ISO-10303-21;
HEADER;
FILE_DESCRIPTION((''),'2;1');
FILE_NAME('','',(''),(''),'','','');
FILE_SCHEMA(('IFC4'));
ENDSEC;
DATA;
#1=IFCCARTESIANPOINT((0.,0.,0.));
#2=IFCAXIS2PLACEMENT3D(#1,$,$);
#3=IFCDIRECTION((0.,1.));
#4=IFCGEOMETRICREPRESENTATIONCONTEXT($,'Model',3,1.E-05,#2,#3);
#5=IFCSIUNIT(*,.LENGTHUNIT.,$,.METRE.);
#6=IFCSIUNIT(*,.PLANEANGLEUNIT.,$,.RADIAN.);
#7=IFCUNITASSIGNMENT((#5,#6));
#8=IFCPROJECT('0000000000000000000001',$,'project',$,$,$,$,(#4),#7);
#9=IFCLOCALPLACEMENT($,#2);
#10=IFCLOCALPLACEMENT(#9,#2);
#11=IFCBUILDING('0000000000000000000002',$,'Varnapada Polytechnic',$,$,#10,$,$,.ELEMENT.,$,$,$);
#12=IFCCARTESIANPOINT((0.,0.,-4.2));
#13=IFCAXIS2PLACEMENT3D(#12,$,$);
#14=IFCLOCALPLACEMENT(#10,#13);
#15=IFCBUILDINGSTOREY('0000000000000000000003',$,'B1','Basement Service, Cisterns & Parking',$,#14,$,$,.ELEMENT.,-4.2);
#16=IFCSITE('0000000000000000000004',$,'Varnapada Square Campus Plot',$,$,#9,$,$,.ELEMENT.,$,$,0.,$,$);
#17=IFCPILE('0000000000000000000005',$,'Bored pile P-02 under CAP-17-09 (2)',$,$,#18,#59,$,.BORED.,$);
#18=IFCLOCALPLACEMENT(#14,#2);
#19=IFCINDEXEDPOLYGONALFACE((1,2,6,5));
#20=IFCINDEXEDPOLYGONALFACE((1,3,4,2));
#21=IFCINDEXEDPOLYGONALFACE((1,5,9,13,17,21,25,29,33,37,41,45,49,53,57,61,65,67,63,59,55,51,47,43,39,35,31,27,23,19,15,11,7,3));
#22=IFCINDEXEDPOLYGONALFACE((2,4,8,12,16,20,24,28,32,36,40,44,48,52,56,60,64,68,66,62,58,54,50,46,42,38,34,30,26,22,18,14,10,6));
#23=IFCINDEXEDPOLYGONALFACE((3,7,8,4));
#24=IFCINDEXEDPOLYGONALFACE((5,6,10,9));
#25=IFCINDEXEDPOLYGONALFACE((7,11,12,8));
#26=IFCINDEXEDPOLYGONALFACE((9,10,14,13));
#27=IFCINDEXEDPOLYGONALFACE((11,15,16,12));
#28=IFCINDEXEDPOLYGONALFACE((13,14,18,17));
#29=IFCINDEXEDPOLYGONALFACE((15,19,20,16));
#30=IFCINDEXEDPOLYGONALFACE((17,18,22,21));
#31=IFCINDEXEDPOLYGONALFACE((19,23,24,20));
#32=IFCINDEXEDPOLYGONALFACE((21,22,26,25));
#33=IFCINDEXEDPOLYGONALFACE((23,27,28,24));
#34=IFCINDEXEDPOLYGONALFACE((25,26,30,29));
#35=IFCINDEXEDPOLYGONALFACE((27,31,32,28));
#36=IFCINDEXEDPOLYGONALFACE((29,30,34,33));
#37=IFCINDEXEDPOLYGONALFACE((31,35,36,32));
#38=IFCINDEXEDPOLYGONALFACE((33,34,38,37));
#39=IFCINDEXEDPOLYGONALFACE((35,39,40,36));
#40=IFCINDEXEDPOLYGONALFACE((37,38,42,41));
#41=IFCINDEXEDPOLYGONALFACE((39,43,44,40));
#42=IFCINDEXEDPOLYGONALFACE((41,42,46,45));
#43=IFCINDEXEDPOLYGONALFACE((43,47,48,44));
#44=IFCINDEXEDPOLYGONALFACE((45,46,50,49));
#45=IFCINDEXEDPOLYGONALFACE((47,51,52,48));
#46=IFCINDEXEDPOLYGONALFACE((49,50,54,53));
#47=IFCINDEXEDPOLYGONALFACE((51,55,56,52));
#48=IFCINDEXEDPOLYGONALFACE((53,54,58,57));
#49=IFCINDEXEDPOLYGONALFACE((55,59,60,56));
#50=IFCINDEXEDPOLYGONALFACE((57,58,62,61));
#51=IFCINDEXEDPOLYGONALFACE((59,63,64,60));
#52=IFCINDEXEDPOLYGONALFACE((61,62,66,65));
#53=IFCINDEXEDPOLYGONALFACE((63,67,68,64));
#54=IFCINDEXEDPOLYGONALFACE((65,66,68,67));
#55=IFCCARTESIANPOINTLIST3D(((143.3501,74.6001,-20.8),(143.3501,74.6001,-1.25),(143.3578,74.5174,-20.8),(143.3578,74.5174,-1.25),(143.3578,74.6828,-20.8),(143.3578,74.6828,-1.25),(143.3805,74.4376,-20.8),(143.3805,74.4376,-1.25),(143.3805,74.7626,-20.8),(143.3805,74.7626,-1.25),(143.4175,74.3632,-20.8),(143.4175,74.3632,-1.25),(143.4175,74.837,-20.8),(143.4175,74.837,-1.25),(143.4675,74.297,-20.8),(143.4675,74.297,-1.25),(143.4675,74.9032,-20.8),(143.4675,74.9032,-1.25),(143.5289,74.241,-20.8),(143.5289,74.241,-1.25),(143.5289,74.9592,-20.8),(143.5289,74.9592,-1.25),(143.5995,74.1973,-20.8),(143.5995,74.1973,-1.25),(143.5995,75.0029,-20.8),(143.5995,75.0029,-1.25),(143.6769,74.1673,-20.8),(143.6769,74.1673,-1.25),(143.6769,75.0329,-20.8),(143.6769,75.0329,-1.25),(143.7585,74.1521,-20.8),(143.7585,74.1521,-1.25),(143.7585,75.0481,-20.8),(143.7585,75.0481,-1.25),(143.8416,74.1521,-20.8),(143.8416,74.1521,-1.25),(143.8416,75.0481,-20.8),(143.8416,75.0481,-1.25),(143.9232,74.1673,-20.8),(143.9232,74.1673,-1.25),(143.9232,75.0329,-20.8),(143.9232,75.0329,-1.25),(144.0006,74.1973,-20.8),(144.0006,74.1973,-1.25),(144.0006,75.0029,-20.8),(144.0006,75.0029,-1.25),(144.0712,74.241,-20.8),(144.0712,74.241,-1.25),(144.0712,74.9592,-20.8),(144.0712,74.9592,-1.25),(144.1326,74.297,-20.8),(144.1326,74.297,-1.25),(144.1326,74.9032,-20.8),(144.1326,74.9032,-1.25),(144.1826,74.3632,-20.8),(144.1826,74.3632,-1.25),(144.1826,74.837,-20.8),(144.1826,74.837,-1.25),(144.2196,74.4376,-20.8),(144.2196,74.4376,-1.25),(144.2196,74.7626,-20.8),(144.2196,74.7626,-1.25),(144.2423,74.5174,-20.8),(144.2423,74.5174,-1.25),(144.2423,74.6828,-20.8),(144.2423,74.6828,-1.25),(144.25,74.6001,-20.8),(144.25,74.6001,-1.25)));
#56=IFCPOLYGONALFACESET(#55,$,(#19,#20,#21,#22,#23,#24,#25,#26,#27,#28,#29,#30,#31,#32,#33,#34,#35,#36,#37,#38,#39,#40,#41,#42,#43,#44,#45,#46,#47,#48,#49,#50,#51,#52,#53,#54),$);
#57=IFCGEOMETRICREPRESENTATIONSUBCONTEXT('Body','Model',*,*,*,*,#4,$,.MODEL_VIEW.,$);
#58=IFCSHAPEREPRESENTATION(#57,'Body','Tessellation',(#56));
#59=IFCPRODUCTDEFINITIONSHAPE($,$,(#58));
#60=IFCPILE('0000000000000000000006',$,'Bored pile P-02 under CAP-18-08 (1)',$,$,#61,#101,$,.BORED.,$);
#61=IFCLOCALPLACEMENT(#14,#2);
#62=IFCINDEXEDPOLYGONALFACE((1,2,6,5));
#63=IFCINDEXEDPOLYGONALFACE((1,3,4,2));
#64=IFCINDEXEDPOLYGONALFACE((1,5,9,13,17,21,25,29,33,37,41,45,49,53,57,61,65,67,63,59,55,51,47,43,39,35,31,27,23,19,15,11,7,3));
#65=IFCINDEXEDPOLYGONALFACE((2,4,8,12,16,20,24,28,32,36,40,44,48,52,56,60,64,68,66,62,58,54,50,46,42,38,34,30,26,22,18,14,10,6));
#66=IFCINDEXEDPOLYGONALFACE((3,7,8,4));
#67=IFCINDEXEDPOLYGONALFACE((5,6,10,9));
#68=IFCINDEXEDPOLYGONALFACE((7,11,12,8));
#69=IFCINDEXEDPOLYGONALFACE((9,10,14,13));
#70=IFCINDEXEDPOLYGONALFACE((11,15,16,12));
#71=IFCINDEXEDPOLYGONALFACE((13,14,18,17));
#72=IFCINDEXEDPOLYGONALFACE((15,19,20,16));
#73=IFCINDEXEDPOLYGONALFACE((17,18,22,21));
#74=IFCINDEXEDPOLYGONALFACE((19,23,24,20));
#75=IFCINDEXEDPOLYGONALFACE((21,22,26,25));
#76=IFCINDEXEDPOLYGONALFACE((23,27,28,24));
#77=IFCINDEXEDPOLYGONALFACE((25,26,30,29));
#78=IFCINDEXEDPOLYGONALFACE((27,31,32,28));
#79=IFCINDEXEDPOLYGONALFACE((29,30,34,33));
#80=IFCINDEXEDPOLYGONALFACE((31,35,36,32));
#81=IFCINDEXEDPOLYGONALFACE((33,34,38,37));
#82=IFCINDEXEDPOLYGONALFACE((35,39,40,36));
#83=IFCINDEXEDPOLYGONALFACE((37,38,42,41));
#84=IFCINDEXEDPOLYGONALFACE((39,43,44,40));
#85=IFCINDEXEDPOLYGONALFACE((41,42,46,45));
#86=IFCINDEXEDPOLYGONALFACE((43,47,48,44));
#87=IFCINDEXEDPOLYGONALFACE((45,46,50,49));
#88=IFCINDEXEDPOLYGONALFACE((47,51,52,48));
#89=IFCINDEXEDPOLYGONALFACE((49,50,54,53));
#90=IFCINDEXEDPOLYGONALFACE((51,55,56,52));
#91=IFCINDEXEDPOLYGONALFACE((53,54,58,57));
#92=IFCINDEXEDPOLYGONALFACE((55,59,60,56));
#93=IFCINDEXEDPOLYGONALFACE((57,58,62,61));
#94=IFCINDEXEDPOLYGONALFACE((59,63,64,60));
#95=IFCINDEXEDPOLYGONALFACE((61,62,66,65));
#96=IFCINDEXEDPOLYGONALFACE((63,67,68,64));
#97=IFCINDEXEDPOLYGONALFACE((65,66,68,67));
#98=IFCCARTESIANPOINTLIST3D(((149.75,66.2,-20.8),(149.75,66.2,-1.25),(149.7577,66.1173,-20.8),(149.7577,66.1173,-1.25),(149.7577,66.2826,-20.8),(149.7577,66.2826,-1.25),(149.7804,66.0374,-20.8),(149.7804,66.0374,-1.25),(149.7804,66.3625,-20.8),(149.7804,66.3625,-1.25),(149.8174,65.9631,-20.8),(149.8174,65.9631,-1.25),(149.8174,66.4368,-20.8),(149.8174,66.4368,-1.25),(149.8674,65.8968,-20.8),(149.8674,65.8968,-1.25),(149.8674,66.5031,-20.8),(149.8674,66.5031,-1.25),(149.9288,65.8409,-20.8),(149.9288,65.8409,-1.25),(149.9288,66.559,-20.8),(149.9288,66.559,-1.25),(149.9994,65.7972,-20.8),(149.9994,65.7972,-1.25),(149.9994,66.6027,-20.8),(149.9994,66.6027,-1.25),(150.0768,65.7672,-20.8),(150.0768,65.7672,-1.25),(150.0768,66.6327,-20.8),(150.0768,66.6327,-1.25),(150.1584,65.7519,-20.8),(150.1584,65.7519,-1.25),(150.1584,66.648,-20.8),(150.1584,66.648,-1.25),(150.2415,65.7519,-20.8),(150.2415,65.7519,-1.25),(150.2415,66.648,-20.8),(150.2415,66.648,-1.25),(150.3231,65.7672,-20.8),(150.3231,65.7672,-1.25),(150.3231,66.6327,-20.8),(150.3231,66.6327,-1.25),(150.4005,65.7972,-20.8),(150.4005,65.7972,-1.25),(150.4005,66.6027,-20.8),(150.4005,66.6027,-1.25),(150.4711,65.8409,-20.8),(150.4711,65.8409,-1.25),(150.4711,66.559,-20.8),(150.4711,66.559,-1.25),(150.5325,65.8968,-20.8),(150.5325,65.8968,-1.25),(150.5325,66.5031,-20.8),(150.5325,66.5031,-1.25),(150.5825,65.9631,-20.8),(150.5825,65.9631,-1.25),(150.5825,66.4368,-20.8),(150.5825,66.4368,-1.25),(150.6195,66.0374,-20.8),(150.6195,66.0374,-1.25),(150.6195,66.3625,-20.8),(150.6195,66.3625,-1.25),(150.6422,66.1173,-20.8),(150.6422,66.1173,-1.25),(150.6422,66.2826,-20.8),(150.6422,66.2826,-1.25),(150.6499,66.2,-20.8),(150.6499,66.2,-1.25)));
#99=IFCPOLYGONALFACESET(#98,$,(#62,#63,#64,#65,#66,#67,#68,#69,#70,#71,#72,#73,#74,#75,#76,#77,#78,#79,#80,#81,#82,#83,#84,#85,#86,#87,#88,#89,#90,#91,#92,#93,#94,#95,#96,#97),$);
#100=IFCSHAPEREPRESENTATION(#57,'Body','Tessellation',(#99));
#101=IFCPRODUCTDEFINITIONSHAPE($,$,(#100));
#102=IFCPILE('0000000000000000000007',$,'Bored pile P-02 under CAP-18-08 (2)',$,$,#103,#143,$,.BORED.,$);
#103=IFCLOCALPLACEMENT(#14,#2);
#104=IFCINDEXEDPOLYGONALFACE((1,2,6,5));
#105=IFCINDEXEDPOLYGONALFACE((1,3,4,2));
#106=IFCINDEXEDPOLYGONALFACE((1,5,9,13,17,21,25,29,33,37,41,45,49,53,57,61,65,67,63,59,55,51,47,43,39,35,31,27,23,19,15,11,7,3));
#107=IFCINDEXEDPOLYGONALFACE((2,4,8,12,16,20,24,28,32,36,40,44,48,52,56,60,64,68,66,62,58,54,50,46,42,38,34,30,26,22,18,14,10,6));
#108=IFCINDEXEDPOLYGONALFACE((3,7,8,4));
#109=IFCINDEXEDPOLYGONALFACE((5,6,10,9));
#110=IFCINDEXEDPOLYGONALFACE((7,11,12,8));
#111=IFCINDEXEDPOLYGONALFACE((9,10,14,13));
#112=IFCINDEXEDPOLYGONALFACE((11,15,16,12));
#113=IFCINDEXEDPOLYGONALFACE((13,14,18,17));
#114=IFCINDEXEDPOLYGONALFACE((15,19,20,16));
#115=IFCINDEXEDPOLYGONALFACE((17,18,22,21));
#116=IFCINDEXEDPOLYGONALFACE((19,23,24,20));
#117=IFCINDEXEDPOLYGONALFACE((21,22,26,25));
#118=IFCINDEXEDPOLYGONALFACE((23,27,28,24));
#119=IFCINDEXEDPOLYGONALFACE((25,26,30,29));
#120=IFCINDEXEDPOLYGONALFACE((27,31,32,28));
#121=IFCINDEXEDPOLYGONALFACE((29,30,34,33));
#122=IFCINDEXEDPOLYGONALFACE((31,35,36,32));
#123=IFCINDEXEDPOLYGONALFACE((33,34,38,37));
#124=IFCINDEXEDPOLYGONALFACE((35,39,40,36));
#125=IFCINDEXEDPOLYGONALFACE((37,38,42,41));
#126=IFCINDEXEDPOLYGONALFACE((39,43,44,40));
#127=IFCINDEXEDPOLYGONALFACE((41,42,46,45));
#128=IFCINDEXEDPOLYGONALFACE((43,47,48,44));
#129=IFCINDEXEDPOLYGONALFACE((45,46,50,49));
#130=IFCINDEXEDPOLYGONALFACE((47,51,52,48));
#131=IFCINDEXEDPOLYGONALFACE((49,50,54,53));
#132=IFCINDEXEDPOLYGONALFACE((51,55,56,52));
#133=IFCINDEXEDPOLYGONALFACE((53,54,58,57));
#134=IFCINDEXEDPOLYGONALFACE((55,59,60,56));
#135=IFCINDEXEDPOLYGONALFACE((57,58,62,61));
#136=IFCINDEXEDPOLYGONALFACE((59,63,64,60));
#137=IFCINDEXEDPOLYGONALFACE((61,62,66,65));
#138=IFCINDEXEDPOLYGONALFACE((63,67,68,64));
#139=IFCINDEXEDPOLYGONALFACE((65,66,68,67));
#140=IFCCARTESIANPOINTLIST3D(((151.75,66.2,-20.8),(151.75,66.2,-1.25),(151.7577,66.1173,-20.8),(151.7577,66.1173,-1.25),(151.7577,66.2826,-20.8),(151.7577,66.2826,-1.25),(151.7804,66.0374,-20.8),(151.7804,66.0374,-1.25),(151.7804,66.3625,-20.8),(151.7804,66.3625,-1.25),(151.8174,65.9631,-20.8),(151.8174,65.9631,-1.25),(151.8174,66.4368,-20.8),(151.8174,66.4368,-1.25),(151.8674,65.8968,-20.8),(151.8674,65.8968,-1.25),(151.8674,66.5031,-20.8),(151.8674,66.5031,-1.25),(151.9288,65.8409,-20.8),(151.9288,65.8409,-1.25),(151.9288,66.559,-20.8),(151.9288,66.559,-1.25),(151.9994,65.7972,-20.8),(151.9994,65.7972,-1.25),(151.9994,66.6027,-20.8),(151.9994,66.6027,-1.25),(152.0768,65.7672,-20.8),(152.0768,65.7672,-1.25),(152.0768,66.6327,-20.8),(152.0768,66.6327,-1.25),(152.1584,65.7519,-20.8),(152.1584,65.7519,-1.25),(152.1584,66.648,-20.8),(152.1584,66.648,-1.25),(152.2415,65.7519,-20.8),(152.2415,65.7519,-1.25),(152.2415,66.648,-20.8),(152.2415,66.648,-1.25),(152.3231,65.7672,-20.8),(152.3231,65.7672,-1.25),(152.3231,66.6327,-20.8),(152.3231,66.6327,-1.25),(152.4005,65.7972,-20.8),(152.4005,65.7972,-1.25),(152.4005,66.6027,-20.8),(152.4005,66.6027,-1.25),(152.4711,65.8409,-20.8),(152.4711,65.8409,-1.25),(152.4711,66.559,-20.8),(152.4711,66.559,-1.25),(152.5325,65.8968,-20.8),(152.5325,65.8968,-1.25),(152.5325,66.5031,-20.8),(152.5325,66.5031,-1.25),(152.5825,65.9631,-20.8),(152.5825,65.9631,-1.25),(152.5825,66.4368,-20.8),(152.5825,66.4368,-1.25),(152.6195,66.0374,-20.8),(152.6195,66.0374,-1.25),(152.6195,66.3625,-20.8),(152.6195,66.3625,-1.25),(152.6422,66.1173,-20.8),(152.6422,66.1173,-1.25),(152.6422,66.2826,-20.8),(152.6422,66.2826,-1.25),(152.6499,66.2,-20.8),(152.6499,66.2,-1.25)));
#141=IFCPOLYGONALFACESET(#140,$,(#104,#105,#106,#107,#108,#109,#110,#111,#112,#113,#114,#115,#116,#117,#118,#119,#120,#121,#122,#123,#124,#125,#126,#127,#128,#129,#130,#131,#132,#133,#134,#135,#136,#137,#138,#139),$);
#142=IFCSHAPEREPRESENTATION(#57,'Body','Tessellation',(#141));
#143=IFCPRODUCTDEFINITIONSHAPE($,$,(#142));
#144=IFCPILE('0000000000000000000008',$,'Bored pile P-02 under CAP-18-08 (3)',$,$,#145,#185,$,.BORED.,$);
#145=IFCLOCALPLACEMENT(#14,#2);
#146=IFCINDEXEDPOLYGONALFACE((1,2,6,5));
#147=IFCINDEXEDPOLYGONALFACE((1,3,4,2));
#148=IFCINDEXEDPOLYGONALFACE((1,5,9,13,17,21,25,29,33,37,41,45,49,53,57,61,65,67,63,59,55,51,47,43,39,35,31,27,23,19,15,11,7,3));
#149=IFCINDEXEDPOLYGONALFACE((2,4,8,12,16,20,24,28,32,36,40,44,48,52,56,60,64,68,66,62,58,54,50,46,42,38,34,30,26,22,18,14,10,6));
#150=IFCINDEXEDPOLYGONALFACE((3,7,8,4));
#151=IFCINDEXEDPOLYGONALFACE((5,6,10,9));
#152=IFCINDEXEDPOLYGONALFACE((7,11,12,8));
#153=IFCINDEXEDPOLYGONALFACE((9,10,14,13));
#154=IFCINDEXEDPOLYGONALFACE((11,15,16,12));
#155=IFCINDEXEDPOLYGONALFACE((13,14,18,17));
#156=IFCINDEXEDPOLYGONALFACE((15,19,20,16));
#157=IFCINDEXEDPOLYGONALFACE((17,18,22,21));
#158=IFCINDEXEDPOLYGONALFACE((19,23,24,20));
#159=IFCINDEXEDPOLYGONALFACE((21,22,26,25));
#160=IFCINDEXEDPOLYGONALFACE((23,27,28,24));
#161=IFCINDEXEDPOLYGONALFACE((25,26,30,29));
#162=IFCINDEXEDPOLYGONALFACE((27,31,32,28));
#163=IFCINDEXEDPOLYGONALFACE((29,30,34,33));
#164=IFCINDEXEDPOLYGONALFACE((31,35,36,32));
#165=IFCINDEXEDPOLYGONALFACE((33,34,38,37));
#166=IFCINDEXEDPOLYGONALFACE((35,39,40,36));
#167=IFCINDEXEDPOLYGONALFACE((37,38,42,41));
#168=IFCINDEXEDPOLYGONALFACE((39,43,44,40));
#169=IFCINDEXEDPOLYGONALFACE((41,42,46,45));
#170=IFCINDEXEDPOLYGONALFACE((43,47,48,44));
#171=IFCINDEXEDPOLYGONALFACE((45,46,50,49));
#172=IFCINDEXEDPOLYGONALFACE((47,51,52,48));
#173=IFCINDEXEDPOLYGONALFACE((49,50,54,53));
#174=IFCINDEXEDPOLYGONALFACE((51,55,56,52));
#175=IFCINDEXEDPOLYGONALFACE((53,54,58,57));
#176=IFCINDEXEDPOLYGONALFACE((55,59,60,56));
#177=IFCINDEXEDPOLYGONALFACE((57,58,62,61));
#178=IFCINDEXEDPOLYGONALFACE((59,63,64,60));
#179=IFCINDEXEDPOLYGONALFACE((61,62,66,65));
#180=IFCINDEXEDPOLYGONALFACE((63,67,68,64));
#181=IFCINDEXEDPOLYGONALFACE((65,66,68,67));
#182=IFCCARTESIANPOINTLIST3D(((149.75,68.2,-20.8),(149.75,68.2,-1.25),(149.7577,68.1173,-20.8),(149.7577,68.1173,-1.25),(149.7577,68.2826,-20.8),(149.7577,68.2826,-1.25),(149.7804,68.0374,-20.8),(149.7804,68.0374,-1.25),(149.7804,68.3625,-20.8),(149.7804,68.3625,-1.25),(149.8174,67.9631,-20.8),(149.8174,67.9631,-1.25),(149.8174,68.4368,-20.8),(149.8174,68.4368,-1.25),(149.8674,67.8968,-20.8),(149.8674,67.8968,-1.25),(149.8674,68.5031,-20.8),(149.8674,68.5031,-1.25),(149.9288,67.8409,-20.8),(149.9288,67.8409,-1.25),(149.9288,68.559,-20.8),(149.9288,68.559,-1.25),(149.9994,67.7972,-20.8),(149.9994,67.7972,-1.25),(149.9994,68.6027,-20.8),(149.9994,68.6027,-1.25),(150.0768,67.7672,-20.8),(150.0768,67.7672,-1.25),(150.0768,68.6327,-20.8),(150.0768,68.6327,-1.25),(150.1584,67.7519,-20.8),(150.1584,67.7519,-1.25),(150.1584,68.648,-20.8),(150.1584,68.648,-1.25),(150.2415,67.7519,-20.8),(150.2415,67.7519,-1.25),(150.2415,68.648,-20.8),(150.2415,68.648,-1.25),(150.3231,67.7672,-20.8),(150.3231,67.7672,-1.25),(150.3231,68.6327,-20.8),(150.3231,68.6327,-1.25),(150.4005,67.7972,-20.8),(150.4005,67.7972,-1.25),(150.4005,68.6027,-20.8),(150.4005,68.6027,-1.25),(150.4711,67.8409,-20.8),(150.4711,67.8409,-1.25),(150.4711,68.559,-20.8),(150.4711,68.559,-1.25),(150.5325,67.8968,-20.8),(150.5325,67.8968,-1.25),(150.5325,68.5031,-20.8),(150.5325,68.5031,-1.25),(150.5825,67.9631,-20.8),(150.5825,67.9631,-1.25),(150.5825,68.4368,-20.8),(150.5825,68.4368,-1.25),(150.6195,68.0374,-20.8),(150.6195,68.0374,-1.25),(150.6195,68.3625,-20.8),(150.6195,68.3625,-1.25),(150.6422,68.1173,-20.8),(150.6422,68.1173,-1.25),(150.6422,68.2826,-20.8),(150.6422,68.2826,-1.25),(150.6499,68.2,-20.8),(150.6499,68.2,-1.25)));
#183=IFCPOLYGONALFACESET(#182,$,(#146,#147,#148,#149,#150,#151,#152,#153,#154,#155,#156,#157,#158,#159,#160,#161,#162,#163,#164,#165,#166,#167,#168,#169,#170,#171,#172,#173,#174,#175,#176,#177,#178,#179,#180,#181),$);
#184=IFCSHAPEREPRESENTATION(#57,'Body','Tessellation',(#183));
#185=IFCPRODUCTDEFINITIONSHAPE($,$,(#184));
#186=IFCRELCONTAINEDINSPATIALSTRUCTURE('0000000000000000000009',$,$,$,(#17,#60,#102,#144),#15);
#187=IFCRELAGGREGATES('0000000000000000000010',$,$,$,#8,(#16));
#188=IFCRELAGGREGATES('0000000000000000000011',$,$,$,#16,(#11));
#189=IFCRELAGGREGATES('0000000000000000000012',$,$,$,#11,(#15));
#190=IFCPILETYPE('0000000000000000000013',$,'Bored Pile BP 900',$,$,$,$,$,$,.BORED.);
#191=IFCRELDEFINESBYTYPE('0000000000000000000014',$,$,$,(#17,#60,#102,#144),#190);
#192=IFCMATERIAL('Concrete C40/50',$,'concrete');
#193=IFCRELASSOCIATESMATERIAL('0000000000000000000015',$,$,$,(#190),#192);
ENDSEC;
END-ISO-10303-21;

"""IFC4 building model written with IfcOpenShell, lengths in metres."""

from ifc_helpers import new_model, si_unit, direction, frame, origin, origin_2d, place, context, subcontext, project, spatial, circle, extrude, material, material_profile, profile_set, type_object, element, save


model = new_model("IFC4")

# Units and contexts
model_context = context("Model", 3, precision=1e-05, world=origin(), true_north=direction((0.0, 1.0)))
body_context = subcontext(model_context, "Body", "Model", "MODEL_VIEW")
ifc_project = project(units=[si_unit("LENGTHUNIT", "METRE"), si_unit("PLANEANGLEUNIT", "RADIAN")], contexts=[model_context])

# Site, building, storey
site_placement = place(None, origin())
site = spatial("IfcSite", under=ifc_project, at=site_placement, Name="Varnapada Square Campus Plot", CompositionType="ELEMENT", RefElevation=0.0)
building_placement = place(site_placement, origin())
building = spatial("IfcBuilding", under=site, at=building_placement, Name="Varnapada Polytechnic", CompositionType="ELEMENT")
storey_placement = place(building_placement, frame((0.0, 0.0, -4.2)))
storey = spatial("IfcBuildingStorey", under=building, at=storey_placement, Name="B1", Description="Basement Service, Cisterns & Parking", CompositionType="ELEMENT", Elevation=-4.2)

# Piles
ifc_material_1 = material(Name="Concrete C40/50", Category="concrete")
ifc_material_profile_1 = material_profile(ifc_material_1, circle(Radius=0.45, at=origin_2d()), Name="BP 900")
ifc_profile_set_1 = profile_set([ifc_material_profile_1], Name="Concrete C40/50")
pile_type = type_object("IfcPileType", Name="Bored Pile BP 900", PredefinedType="BORED", material=ifc_profile_set_1)
for number, where, z_axis, x_axis, name in (
    (1, (143.8, 74.6001, -1.25), (0.0, 0.0, -1.0), (1.0, 0.0, 0.0), "Bored pile P-02 under CAP-17-09 (2)"),
    (2, (150.2, 66.2, -1.25), (0.0, 0.0, -1.0), (1.0, 0.0, 0.0), "Bored pile P-02 under CAP-18-08 (1)"),
    (3, (152.2, 66.2, -1.25), (0.0, 0.0, -1.0), (1.0, 0.0, 0.0), "Bored pile P-02 under CAP-18-08 (2)"),
    (4, (150.2, 68.2, -1.25), (0.0, 0.0, -1.0), (1.0, 0.0, 0.0), "Bored pile P-02 under CAP-18-08 (3)"),
):
    element("IfcPile", number, at=place(storey_placement, frame(where, z_axis=z_axis, x_axis=x_axis)), inside=storey, type_object=pile_type, Name=name, PredefinedType="BORED", context=body_context, shape_type="SweptSolid", body=[
        extrude(circle(Radius=0.45, at=origin_2d()), origin(), (0.0, 0.0, 1.0), 19.55),
    ])

save(model, "model.ifc")
